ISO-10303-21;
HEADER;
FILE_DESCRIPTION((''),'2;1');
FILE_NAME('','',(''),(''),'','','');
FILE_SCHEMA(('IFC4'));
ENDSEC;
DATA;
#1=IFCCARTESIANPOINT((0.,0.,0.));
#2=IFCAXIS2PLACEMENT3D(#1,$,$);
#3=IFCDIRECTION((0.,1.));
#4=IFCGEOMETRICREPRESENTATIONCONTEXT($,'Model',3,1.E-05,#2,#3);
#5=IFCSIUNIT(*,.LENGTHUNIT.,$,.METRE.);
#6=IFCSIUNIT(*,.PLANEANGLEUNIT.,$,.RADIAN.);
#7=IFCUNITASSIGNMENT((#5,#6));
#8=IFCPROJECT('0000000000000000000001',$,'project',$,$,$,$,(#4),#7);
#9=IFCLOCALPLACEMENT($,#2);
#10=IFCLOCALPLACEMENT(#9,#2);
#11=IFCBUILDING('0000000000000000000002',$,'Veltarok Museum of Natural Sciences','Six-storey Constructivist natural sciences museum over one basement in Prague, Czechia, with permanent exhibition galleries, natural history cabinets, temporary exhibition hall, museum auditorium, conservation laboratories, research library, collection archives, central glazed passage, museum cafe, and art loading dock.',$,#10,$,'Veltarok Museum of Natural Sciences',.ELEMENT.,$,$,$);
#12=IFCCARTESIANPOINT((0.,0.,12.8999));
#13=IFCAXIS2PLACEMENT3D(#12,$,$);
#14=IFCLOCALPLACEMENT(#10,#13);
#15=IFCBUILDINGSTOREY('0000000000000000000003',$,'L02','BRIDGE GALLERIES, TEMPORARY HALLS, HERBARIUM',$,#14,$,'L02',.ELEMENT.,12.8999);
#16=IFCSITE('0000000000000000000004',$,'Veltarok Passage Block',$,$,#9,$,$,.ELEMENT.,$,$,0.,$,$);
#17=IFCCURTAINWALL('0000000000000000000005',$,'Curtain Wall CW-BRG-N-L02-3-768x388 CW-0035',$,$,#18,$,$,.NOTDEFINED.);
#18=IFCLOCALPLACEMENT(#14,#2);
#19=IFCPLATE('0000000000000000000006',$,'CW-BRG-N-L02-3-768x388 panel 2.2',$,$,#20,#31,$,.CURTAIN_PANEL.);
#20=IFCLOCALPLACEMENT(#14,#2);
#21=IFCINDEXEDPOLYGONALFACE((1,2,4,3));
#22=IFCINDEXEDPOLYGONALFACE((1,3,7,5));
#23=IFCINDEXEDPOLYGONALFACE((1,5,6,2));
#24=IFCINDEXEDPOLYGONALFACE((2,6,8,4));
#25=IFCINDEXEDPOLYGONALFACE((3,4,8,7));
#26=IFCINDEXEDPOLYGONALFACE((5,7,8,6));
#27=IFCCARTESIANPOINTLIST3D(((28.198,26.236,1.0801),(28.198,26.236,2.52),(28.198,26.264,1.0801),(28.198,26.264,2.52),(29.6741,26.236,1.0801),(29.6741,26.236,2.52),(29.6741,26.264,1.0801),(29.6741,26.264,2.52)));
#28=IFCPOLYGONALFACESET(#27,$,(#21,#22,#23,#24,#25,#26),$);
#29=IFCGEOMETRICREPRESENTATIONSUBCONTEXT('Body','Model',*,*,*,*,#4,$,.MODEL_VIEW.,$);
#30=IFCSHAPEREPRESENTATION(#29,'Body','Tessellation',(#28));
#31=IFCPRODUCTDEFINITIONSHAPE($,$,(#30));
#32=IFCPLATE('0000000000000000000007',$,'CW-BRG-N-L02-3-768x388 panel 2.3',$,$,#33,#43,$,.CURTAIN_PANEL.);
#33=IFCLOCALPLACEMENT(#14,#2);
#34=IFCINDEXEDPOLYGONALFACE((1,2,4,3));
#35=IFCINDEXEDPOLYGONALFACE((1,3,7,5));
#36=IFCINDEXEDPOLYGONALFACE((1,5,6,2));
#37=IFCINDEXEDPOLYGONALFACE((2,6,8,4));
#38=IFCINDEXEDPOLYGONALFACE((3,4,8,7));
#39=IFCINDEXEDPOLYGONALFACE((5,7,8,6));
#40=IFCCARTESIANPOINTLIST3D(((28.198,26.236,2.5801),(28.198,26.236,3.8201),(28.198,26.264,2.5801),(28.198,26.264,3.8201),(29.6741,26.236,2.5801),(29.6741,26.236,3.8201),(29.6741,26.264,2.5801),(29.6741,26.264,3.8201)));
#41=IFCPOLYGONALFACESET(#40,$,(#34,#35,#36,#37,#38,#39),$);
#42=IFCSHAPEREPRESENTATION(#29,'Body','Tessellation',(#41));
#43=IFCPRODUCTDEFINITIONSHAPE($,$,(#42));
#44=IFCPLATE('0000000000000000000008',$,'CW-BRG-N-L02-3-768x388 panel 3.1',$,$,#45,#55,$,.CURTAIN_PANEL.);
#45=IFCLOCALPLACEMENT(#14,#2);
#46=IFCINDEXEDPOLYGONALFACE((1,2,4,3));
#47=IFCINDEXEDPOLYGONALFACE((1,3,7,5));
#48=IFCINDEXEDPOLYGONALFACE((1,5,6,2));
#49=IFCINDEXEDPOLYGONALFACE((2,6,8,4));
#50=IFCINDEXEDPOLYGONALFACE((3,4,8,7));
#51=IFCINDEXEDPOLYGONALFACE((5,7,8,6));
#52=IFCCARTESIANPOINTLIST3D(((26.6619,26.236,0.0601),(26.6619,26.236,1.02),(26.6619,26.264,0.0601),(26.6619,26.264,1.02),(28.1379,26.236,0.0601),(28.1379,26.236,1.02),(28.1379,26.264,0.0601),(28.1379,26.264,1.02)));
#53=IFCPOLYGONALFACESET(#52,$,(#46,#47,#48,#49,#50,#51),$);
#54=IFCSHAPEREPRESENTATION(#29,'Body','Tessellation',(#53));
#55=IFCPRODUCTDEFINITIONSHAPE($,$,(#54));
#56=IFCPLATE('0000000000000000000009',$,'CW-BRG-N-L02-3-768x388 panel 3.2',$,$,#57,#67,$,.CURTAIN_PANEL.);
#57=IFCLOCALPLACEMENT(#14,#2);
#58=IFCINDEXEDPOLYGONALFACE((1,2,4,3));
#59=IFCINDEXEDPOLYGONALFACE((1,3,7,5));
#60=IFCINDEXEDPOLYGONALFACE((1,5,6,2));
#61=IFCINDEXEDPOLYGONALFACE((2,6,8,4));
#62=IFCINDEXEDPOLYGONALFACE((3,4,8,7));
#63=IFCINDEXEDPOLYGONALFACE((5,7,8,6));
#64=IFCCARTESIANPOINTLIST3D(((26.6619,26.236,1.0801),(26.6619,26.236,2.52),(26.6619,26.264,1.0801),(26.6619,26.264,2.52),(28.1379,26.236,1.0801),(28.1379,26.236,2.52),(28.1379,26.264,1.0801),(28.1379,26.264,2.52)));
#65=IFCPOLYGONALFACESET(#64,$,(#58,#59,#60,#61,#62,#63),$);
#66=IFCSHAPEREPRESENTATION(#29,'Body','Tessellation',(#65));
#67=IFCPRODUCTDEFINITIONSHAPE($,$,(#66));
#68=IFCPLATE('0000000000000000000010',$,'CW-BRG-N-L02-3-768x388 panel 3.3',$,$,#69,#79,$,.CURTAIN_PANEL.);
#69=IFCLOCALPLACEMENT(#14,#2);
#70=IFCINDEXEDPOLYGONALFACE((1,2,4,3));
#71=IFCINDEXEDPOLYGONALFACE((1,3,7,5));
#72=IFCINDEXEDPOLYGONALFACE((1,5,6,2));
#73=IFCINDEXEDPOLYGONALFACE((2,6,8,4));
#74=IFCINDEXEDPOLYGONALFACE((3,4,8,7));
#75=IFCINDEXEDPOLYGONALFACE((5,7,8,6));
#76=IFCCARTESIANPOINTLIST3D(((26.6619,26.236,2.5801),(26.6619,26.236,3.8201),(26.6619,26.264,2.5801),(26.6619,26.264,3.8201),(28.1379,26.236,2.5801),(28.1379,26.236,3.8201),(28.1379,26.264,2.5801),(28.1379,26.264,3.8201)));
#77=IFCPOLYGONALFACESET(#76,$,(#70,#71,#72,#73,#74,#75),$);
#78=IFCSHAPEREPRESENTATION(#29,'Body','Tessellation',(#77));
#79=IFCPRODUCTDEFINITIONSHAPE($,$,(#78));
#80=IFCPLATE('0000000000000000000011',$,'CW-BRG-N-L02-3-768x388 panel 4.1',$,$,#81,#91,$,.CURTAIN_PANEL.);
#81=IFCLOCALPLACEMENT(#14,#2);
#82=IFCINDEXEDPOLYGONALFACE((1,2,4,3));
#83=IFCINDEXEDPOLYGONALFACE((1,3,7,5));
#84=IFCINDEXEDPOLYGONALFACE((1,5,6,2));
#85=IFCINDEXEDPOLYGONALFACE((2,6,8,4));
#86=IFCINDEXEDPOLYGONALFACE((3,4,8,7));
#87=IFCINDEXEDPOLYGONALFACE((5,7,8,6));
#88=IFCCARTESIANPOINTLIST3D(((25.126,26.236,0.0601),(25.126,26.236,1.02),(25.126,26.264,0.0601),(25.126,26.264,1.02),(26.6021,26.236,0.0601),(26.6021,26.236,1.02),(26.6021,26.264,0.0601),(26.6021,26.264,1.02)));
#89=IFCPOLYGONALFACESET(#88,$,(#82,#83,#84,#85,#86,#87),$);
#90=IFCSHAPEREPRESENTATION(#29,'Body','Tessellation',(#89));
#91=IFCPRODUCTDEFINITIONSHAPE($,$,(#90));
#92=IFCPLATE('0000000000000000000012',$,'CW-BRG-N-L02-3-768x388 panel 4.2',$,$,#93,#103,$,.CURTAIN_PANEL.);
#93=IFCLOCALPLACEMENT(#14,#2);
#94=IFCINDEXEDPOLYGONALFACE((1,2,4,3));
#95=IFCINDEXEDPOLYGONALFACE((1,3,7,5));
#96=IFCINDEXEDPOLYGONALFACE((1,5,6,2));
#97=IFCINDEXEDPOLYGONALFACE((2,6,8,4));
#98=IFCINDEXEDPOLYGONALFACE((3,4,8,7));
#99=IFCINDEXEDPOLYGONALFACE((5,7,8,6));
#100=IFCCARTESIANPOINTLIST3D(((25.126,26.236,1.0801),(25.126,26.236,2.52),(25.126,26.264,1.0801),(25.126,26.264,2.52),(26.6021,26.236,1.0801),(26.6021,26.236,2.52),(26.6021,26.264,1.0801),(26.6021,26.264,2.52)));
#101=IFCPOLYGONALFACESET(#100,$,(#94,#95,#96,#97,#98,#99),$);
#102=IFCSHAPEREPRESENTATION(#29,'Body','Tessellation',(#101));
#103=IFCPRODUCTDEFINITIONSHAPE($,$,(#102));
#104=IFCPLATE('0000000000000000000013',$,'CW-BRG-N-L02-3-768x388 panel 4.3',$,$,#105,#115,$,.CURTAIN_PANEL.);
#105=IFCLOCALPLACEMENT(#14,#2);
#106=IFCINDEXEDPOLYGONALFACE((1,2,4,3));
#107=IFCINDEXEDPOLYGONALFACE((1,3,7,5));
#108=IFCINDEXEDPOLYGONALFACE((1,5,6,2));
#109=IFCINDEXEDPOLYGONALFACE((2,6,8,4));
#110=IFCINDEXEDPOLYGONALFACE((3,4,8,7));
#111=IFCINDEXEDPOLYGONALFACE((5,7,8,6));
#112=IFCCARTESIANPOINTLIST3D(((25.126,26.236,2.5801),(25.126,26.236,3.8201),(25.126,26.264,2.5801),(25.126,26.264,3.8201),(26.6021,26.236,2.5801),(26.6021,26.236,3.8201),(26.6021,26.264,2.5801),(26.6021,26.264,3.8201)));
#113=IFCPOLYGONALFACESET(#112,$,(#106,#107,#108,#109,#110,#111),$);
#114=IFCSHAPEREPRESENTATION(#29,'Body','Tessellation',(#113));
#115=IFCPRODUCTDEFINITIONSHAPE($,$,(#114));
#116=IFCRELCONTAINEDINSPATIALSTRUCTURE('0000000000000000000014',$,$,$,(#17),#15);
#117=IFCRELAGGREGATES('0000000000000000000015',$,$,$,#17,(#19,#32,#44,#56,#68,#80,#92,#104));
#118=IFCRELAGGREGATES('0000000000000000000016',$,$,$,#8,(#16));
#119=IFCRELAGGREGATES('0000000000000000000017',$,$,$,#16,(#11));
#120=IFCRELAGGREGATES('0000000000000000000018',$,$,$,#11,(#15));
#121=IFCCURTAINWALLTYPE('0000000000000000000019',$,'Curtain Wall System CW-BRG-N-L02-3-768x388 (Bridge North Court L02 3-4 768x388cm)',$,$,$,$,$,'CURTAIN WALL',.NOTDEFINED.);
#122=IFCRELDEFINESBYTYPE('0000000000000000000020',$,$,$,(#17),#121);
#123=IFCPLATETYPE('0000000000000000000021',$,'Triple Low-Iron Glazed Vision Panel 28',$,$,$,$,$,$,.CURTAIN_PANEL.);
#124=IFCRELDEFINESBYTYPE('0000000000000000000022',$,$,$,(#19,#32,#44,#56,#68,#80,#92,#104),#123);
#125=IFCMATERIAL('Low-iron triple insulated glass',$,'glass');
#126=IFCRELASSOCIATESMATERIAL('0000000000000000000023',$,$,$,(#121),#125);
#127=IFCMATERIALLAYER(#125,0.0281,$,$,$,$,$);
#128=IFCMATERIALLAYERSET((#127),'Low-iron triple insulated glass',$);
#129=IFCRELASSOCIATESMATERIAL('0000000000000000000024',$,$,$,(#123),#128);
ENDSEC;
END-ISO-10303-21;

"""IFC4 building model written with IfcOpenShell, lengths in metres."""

from ifc_helpers import new_model, si_unit, direction, frame, origin, origin_2d, place, context, subcontext, project, spatial, rectangle, extrude, material, layer, layer_set, type_object, element, aggregate, save


model = new_model("IFC4")

# Units and contexts
model_context = context("Model", 3, precision=1e-05, world=origin(), true_north=direction((0.0, 1.0)))
body_context = subcontext(model_context, "Body", "Model", "MODEL_VIEW")
ifc_project = project(units=[si_unit("LENGTHUNIT", "METRE"), si_unit("PLANEANGLEUNIT", "RADIAN")], contexts=[model_context])

# Site, building, storey
site_placement = place(None, origin())
site = spatial("IfcSite", under=ifc_project, at=site_placement, Name="Veltarok Passage Block", CompositionType="ELEMENT", RefElevation=0.0)
building_placement = place(site_placement, origin())
building = spatial("IfcBuilding", under=site, at=building_placement, Name="Veltarok Museum of Natural Sciences", Description="Six-storey Constructivist natural sciences museum over one basement in Prague, Czechia, with permanent exhibition galleries, natural history cabinets, temporary exhibition hall, museum auditorium, conservation laboratories, research library, collection archives, central glazed passage, museum cafe, and art loading dock.", LongName="Veltarok Museum of Natural Sciences", CompositionType="ELEMENT")
storey_placement = place(building_placement, frame((0.0, 0.0, 12.8999)))
storey = spatial("IfcBuildingStorey", under=building, at=storey_placement, Name="L02", Description="BRIDGE GALLERIES, TEMPORARY HALLS, HERBARIUM", LongName="L02", CompositionType="ELEMENT", Elevation=12.8999)

# Curtain wall
ifc_material_1 = material(Name="Low-iron triple insulated glass", Category="glass")
curtain_wall_type_1 = type_object("IfcCurtainWallType", Name="Curtain Wall System CW-BRG-N-L02-3-768x388 (Bridge North Court L02 3-4 768x388cm)", ElementType="CURTAIN WALL", PredefinedType="NOTDEFINED", material=ifc_material_1)
curtain_wall_1_placement = place(storey_placement, origin())
curtain_wall_1 = element("IfcCurtainWall", 1, at=curtain_wall_1_placement, inside=storey, type_object=curtain_wall_type_1, Name="Curtain Wall CW-BRG-N-L02-3-768x388 CW-0035", PredefinedType="NOTDEFINED")

# Plates
ifc_layer = layer(ifc_material_1, 0.0281)
ifc_layer_set = layer_set([ifc_layer], Name="Low-iron triple insulated glass")
plate_type = type_object("IfcPlateType", Name="Triple Low-Iron Glazed Vision Panel 28", PredefinedType="CURTAIN_PANEL", material=ifc_layer_set)
plate_1_placement = place(storey_placement, frame((28.936, 26.25, 1.0801), z_axis=(0.0, 0.0, 1.0), x_axis=(-1.0, 0.0, 0.0)))
plate_1 = element("IfcPlate", 2, at=plate_1_placement, type_object=plate_type, Name="CW-BRG-N-L02-3-768x388 panel 2.2", PredefinedType="CURTAIN_PANEL", context=body_context, shape_type="SweptSolid", body=[
    extrude(rectangle(XDim=1.4761, YDim=0.0281, at=origin_2d()), origin(), (0.0, 0.0, 1.0), 1.4399),
])
plate_2_placement = place(storey_placement, frame((28.936, 26.25, 2.5801), z_axis=(0.0, 0.0, 1.0), x_axis=(-1.0, 0.0, 0.0)))
plate_2 = element("IfcPlate", 3, at=plate_2_placement, type_object=plate_type, Name="CW-BRG-N-L02-3-768x388 panel 2.3", PredefinedType="CURTAIN_PANEL", context=body_context, shape_type="SweptSolid", body=[
    extrude(rectangle(XDim=1.4761, YDim=0.0281, at=origin_2d()), origin(), (0.0, 0.0, 1.0), 1.24),
])
plate_3_placement = place(storey_placement, frame((27.3999, 26.25, 0.0601), z_axis=(0.0, 0.0, 1.0), x_axis=(-1.0, 0.0, 0.0)))
plate_3 = element("IfcPlate", 4, at=plate_3_placement, type_object=plate_type, Name="CW-BRG-N-L02-3-768x388 panel 3.1", PredefinedType="CURTAIN_PANEL", context=body_context, shape_type="SweptSolid", body=[
    extrude(rectangle(XDim=1.4761, YDim=0.0281, at=origin_2d()), origin(), (0.0, 0.0, 1.0), 0.96),
])
plate_4_placement = place(storey_placement, frame((27.3999, 26.25, 1.0801), z_axis=(0.0, 0.0, 1.0), x_axis=(-1.0, 0.0, 0.0)))
plate_4 = element("IfcPlate", 5, at=plate_4_placement, type_object=plate_type, Name="CW-BRG-N-L02-3-768x388 panel 3.2", PredefinedType="CURTAIN_PANEL", context=body_context, shape_type="SweptSolid", body=[
    extrude(rectangle(XDim=1.4761, YDim=0.0281, at=origin_2d()), origin(), (0.0, 0.0, 1.0), 1.4399),
])
plate_5_placement = place(storey_placement, frame((27.3999, 26.25, 2.5801), z_axis=(0.0, 0.0, 1.0), x_axis=(-1.0, 0.0, 0.0)))
plate_5 = element("IfcPlate", 6, at=plate_5_placement, type_object=plate_type, Name="CW-BRG-N-L02-3-768x388 panel 3.3", PredefinedType="CURTAIN_PANEL", context=body_context, shape_type="SweptSolid", body=[
    extrude(rectangle(XDim=1.4761, YDim=0.0281, at=origin_2d()), origin(), (0.0, 0.0, 1.0), 1.24),
])
plate_6_placement = place(storey_placement, frame((25.864, 26.25, 0.0601), z_axis=(0.0, 0.0, 1.0), x_axis=(-1.0, 0.0, 0.0)))
plate_6 = element("IfcPlate", 7, at=plate_6_placement, type_object=plate_type, Name="CW-BRG-N-L02-3-768x388 panel 4.1", PredefinedType="CURTAIN_PANEL", context=body_context, shape_type="SweptSolid", body=[
    extrude(rectangle(XDim=1.4761, YDim=0.0281, at=origin_2d()), origin(), (0.0, 0.0, 1.0), 0.96),
])
plate_7_placement = place(storey_placement, frame((25.864, 26.25, 1.0801), z_axis=(0.0, 0.0, 1.0), x_axis=(-1.0, 0.0, 0.0)))
plate_7 = element("IfcPlate", 8, at=plate_7_placement, type_object=plate_type, Name="CW-BRG-N-L02-3-768x388 panel 4.2", PredefinedType="CURTAIN_PANEL", context=body_context, shape_type="SweptSolid", body=[
    extrude(rectangle(XDim=1.4761, YDim=0.0281, at=origin_2d()), origin(), (0.0, 0.0, 1.0), 1.4399),
])
plate_8_placement = place(storey_placement, frame((25.864, 26.25, 2.5801), z_axis=(0.0, 0.0, 1.0), x_axis=(-1.0, 0.0, 0.0)))
plate_8 = element("IfcPlate", 9, at=plate_8_placement, type_object=plate_type, Name="CW-BRG-N-L02-3-768x388 panel 4.3", PredefinedType="CURTAIN_PANEL", context=body_context, shape_type="SweptSolid", body=[
    extrude(rectangle(XDim=1.4761, YDim=0.0281, at=origin_2d()), origin(), (0.0, 0.0, 1.0), 1.24),
])
aggregate(curtain_wall_1, [plate_1, plate_2, plate_3, plate_4, plate_5, plate_6, plate_7, plate_8])

save(model, "model.ifc")
